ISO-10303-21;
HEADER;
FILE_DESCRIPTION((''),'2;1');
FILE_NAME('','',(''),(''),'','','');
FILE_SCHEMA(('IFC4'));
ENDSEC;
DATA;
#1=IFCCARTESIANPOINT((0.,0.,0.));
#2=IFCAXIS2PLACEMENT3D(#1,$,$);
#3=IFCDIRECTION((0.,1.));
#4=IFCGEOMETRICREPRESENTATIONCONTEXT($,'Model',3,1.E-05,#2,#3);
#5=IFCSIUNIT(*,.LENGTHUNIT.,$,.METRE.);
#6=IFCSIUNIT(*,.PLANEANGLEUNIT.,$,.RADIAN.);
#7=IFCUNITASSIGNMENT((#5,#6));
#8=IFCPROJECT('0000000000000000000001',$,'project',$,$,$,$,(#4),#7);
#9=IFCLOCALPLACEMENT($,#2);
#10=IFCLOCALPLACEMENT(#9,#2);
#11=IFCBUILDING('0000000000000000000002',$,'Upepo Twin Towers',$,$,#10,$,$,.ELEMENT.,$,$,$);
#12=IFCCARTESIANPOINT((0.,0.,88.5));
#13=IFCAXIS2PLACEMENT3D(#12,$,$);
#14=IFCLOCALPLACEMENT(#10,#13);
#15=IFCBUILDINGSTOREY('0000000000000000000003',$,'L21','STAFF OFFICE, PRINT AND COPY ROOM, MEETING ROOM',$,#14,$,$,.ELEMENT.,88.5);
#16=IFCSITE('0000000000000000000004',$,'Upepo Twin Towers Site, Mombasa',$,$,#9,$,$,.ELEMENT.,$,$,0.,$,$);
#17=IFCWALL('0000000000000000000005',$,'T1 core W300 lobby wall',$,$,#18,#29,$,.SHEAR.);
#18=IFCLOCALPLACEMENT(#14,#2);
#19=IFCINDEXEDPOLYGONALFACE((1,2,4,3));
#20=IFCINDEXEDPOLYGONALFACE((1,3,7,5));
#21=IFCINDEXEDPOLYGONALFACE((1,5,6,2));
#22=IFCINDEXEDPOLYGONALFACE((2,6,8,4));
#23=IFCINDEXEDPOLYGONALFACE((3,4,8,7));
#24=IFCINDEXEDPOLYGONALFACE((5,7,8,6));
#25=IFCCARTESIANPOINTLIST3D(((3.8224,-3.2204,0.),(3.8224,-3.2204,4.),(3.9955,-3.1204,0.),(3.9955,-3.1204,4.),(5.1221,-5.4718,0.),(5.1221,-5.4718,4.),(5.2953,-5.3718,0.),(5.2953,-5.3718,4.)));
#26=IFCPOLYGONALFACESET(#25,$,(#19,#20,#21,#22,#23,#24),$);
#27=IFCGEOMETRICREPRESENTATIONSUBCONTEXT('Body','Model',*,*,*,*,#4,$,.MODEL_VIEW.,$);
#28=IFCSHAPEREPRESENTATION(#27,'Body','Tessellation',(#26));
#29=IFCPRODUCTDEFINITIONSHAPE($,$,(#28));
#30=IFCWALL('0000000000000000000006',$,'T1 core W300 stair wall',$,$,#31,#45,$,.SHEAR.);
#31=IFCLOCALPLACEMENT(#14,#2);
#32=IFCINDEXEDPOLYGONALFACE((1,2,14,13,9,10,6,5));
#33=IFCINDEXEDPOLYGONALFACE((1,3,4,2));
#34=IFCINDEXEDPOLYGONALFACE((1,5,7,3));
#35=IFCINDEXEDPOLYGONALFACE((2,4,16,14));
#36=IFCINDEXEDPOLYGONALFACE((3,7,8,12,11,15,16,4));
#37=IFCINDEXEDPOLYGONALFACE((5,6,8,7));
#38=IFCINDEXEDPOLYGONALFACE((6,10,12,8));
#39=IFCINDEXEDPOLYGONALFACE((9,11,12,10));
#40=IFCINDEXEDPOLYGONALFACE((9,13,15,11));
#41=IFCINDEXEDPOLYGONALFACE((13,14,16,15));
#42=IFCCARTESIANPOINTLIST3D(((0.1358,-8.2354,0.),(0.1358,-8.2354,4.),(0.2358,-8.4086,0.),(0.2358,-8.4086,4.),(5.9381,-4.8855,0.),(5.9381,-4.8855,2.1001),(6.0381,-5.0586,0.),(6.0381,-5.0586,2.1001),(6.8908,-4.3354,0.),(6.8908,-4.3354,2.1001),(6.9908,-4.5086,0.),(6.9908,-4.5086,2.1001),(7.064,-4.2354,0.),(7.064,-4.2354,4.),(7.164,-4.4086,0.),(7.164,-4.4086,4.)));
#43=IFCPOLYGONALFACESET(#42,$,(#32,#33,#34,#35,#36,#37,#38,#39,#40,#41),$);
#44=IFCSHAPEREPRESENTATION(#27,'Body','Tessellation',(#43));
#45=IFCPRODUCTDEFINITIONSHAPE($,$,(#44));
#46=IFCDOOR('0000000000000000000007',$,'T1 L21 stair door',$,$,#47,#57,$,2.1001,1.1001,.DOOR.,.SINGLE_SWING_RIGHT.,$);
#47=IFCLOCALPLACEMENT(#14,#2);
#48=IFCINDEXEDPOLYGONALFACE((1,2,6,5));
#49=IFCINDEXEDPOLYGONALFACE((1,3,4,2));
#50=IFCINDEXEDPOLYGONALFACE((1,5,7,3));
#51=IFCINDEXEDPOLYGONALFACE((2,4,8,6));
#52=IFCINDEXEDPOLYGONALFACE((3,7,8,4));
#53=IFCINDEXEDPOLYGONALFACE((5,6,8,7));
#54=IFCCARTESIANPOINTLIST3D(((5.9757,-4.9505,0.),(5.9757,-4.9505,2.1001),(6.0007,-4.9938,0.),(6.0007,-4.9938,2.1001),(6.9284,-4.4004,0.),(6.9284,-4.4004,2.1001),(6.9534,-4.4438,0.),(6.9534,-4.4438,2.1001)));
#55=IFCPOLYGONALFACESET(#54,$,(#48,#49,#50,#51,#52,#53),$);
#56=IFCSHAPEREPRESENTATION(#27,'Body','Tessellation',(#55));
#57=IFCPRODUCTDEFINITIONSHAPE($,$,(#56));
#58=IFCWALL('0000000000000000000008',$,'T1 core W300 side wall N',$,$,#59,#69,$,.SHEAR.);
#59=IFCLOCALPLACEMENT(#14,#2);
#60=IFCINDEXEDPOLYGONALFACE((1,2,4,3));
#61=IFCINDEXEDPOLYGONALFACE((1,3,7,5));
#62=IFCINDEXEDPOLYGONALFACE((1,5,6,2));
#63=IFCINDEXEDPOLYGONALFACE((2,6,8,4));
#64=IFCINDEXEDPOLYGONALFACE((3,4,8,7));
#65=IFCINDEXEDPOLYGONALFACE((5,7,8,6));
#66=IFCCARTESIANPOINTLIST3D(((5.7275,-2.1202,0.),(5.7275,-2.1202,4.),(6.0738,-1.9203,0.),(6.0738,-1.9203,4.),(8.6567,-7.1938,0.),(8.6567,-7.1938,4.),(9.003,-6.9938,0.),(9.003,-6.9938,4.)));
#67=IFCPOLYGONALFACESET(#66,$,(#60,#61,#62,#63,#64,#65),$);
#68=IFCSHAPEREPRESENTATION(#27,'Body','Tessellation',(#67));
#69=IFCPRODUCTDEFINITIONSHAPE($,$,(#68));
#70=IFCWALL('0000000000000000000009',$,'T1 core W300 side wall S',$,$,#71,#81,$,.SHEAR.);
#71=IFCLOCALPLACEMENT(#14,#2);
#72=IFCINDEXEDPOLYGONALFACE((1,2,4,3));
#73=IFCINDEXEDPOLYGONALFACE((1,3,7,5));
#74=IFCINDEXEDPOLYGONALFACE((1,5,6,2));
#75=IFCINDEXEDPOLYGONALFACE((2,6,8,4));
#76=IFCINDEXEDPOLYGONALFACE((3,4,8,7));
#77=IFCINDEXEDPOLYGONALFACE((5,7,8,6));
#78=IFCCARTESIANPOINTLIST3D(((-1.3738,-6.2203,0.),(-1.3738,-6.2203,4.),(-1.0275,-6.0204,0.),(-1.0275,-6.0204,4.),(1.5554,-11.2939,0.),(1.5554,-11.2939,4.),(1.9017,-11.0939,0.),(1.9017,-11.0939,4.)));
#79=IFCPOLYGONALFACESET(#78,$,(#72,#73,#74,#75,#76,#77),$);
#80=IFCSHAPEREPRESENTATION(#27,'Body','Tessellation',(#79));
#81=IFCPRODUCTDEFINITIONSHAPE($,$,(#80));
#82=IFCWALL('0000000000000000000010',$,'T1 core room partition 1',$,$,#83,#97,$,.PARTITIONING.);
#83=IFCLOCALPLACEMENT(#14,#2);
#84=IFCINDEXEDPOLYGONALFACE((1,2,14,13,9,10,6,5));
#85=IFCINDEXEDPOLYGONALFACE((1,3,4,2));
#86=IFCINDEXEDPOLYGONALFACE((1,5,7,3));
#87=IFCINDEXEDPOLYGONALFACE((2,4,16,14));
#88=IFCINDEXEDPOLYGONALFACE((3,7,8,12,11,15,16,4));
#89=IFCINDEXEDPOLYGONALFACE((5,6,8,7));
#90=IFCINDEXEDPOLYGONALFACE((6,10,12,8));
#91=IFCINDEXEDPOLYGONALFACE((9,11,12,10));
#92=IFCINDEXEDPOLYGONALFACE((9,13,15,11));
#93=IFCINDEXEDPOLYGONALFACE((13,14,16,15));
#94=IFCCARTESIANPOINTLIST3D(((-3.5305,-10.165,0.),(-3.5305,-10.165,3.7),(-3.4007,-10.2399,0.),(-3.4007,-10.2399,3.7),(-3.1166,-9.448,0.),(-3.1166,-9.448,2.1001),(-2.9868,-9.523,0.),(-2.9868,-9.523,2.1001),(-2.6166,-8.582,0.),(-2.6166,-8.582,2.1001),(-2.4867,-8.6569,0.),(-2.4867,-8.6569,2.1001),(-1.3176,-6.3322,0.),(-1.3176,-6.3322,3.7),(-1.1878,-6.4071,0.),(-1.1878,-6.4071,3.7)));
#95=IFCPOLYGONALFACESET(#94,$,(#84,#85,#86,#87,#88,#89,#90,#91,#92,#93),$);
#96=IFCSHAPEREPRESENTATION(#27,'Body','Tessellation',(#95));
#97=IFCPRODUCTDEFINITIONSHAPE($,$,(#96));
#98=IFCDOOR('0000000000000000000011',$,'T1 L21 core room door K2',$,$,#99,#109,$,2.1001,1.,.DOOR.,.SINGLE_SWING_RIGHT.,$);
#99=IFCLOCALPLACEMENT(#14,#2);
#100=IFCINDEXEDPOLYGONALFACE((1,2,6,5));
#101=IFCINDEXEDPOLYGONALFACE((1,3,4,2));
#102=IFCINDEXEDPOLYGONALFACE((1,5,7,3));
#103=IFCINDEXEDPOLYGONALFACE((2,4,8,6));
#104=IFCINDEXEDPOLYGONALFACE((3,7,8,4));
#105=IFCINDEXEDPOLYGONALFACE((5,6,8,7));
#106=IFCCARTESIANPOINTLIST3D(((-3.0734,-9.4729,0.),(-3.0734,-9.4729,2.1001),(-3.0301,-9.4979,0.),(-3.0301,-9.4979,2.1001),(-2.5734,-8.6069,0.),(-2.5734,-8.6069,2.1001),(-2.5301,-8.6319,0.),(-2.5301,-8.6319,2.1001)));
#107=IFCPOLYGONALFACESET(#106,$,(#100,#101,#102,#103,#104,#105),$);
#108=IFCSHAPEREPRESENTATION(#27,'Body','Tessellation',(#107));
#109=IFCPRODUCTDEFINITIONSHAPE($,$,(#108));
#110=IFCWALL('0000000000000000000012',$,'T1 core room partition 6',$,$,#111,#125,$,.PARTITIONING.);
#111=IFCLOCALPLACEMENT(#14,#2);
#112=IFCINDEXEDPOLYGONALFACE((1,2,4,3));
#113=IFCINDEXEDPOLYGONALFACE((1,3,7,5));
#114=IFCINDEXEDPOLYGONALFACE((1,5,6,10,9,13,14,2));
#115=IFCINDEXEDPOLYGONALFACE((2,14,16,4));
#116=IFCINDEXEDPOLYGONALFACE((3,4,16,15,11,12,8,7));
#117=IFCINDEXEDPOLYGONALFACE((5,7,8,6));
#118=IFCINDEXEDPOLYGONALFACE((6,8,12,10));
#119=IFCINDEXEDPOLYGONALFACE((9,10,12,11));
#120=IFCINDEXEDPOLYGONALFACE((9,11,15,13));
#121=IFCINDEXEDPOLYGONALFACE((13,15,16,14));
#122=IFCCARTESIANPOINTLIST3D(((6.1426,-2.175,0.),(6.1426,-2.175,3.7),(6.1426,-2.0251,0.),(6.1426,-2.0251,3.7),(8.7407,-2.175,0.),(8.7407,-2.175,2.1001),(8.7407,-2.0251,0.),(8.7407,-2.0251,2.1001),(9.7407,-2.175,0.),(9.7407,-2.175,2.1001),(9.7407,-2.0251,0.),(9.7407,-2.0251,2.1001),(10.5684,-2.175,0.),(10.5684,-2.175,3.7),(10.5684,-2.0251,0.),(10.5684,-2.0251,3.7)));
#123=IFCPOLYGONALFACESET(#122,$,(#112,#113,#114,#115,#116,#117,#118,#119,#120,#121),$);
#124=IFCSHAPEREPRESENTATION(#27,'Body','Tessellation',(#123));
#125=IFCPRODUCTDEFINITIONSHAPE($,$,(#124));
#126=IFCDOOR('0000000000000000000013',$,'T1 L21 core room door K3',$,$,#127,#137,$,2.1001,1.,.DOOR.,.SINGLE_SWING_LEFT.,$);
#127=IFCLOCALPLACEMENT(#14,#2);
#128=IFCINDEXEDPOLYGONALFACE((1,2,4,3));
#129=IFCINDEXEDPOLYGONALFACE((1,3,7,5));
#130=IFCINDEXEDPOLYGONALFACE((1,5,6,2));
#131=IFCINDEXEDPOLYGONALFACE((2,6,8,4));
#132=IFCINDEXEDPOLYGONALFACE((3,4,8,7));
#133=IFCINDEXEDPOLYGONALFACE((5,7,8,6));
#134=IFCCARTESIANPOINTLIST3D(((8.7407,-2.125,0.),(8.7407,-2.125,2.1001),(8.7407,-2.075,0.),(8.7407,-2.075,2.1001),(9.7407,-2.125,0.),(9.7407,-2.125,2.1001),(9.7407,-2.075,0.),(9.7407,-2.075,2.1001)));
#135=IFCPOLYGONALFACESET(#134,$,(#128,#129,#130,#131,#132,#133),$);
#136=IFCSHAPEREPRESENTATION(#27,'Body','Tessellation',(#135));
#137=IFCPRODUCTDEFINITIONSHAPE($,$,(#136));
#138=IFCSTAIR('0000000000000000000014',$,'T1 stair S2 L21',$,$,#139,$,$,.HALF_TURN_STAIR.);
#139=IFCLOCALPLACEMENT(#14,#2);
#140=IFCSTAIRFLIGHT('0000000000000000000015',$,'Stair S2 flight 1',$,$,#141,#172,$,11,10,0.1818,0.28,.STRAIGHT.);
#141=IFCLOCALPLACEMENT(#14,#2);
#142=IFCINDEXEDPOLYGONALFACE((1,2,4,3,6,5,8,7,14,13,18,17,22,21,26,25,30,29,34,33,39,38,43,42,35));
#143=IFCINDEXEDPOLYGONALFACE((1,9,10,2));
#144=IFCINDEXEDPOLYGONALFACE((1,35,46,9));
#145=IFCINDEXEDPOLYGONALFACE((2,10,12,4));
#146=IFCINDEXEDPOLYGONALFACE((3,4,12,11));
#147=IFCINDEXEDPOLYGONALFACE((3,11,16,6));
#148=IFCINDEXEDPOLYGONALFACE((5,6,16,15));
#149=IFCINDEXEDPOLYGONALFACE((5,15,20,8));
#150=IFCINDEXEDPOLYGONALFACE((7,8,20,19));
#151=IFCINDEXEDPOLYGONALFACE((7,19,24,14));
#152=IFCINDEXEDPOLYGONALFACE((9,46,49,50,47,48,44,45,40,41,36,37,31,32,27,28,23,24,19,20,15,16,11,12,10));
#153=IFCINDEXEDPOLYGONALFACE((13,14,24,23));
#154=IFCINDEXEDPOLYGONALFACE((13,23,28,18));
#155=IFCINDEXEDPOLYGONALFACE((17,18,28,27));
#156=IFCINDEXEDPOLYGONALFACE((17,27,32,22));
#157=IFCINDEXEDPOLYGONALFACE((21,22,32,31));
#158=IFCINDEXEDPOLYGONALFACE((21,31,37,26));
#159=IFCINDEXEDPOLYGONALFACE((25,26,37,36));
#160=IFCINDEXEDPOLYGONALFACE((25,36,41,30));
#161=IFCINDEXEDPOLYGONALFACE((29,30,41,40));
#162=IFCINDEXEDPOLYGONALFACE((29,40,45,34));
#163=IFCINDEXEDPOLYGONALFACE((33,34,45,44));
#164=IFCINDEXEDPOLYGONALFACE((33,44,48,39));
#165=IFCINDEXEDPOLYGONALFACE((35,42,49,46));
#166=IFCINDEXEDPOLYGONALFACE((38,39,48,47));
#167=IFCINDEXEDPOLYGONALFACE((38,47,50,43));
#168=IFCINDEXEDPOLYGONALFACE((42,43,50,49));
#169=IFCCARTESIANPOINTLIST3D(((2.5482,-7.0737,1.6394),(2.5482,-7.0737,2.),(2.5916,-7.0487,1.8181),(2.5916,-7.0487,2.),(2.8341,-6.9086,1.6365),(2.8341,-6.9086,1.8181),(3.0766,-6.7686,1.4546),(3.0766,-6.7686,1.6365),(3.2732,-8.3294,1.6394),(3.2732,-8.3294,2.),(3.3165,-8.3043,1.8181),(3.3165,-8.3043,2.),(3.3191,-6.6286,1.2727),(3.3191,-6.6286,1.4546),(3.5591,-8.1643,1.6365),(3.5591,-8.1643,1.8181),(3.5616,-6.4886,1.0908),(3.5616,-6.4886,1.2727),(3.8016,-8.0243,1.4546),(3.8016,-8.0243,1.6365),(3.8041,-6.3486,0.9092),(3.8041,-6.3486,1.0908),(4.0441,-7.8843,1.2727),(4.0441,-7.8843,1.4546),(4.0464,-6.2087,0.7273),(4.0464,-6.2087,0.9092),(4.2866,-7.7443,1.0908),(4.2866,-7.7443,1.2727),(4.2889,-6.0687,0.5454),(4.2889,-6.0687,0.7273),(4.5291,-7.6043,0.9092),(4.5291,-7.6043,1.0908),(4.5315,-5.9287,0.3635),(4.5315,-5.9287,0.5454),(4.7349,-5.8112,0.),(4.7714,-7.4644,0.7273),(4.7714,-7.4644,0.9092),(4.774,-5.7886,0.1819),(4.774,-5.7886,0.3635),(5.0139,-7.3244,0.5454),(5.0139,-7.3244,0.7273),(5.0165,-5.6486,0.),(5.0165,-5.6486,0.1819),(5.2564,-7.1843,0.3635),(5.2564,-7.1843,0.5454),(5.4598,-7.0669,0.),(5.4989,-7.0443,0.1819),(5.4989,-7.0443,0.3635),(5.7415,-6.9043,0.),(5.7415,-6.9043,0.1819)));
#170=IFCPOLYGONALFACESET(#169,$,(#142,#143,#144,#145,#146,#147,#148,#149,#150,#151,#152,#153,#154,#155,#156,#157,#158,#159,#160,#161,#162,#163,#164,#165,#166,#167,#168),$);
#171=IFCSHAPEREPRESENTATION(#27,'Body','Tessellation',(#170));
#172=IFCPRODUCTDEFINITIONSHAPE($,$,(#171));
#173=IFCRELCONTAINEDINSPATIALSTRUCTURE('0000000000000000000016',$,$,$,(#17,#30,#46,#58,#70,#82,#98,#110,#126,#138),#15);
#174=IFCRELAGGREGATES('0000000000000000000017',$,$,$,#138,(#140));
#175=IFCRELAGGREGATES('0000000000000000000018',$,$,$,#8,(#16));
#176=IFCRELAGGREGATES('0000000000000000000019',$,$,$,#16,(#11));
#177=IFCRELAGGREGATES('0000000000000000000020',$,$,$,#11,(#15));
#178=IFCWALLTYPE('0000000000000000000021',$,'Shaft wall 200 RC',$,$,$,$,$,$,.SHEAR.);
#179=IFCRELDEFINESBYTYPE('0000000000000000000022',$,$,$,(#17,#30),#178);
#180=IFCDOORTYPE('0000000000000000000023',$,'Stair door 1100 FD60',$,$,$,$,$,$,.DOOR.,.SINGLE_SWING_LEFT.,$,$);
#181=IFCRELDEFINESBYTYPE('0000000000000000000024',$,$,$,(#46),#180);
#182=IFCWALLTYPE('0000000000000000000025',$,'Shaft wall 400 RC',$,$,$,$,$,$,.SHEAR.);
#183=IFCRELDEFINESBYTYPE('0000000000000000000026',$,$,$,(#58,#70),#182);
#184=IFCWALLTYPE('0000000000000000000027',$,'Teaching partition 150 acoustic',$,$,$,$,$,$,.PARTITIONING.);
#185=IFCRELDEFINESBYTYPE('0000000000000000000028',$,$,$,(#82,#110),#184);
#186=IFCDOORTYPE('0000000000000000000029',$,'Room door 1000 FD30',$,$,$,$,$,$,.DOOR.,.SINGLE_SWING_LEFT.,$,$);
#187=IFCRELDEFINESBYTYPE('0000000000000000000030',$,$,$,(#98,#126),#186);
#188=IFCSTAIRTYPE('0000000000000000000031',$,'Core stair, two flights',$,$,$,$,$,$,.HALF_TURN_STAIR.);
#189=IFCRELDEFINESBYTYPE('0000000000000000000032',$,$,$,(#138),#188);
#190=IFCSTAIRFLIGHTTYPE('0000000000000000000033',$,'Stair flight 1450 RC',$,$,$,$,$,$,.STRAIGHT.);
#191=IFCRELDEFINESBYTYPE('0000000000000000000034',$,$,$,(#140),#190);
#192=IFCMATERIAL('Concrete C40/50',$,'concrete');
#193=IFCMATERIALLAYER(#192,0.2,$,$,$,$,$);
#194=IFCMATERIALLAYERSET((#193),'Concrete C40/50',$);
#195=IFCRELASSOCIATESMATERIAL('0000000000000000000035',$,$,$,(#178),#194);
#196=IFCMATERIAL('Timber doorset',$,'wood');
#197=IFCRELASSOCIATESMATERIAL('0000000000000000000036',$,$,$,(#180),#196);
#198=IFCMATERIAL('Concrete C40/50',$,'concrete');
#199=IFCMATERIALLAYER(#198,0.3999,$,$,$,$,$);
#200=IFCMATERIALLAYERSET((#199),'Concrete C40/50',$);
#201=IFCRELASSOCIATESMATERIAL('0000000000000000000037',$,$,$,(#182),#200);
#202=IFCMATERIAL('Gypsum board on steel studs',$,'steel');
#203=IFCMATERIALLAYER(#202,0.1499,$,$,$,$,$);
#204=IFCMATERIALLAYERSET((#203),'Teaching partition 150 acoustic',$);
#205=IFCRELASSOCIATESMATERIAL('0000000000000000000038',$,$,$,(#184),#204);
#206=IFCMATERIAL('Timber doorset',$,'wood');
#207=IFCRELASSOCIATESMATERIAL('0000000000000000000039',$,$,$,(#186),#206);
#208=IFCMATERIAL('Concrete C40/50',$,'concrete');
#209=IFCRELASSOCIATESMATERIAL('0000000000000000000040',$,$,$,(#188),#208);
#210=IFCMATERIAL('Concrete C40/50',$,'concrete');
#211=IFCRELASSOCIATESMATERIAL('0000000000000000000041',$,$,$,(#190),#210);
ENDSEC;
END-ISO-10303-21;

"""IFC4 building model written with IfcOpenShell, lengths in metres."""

from ifc_helpers import new_model, si_unit, direction, frame, frame_2d, origin, place, context, subcontext, project, spatial, polyline, rectangle, outline, extrude, material, layer, layer_set, type_object, element, fill, aggregate, save


model = new_model("IFC4")

# Units and contexts
model_context = context("Model", 3, precision=1e-05, world=origin(), true_north=direction((0.0, 1.0)))
body_context = subcontext(model_context, "Body", "Model", "MODEL_VIEW")
ifc_project = project(units=[si_unit("LENGTHUNIT", "METRE"), si_unit("PLANEANGLEUNIT", "RADIAN")], contexts=[model_context])

# Site, building, storey
site_placement = place(None, origin())
site = spatial("IfcSite", under=ifc_project, at=site_placement, Name="Upepo Twin Towers Site, Mombasa", CompositionType="ELEMENT", RefElevation=0.0)
building_placement = place(site_placement, origin())
building = spatial("IfcBuilding", under=site, at=building_placement, Name="Upepo Twin Towers", CompositionType="ELEMENT")
storey_placement = place(building_placement, frame((0.0, 0.0, 88.5)))
storey = spatial("IfcBuildingStorey", under=building, at=storey_placement, Name="L21", Description="STAFF OFFICE, PRINT AND COPY ROOM, MEETING ROOM", CompositionType="ELEMENT", Elevation=88.5)

# Shared definitions
ifc_material_1 = material(Name="Concrete C40/50", Category="concrete")
ifc_layer_1 = layer(ifc_material_1, 0.2)
ifc_layer_set_1 = layer_set([ifc_layer_1], Name="Concrete C40/50")
wall_type_1 = type_object("IfcWallType", Name="Shaft wall 200 RC", PredefinedType="SHEAR", material=ifc_layer_set_1)

# Wall
wall_1_placement = place(storey_placement, frame((3.9089, -3.1704, 0.0), z_axis=(0.0, 0.0, 1.0), x_axis=(0.499977, -0.866039, 0.0)))
element("IfcWall", 1, at=wall_1_placement, inside=storey, type_object=wall_type_1, Name="T1 core W300 lobby wall", PredefinedType="SHEAR", context=body_context, shape_type="SweptSolid", body=[
    extrude(rectangle(XDim=2.5996, YDim=0.2, at=frame_2d((1.2998, 0.0))), origin(), (0.0, 0.0, 1.0), 4.0),
])

# Wall, opening, door
wall_2_placement = place(storey_placement, frame((0.1858, -8.322, 0.0), z_axis=(0.0, 0.0, 1.0), x_axis=(0.866026, 0.499999, 0.0)))
wall_2 = element("IfcWall", 2, at=wall_2_placement, inside=storey, type_object=wall_type_1, Name="T1 core W300 stair wall", PredefinedType="SHEAR", context=body_context, shape_type="SweptSolid", body=[
    extrude(rectangle(XDim=8.0, YDim=0.2, at=frame_2d((4.0, 0.0))), origin(), (0.0, 0.0, 1.0), 4.0),
])
opening_1_placement = place(wall_2_placement, frame((6.7, 0.0, 0.0)))
opening_1 = element("IfcOpeningElement", 3, at=opening_1_placement, cuts=wall_2, PredefinedType="OPENING", context=body_context, shape_type="SweptSolid", body=[
    extrude(rectangle(XDim=1.1001, YDim=2.1001, at=frame_2d((0.55, 1.05))), frame((0.0, 0.1099, 0.0), z_axis=(0.0, -1.0, 0.0), x_axis=(1.0, 0.0, 0.0)), (0.0, 0.0, 1.0), 0.22),
])
ifc_material_2 = material(Name="Timber doorset", Category="wood")
door_type_1 = type_object("IfcDoorType", Name="Stair door 1100 FD60", OperationType="SINGLE_SWING_LEFT", PredefinedType="DOOR", material=ifc_material_2)
door_1_placement = place(opening_1_placement, origin())
door_1 = element("IfcDoor", 4, at=door_1_placement, inside=storey, type_object=door_type_1, Name="T1 L21 stair door", OperationType="SINGLE_SWING_RIGHT", OverallHeight=2.1001, OverallWidth=1.1001, PredefinedType="DOOR", context=body_context, shape_type="SweptSolid", body=[
    extrude(rectangle(XDim=1.1001, YDim=2.1001, at=frame_2d((0.55, 1.05))), frame((0.0, 0.0249, 0.0), z_axis=(0.0, -1.0, 0.0), x_axis=(1.0, 0.0, 0.0)), (0.0, 0.0, 1.0), 0.05),
])
fill(opening_1, door_1)

# Walls
ifc_material_3 = material(Name="Concrete C40/50", Category="concrete")
ifc_layer_2 = layer(ifc_material_3, 0.3999)
ifc_layer_set_2 = layer_set([ifc_layer_2], Name="Concrete C40/50")
wall_type_2 = type_object("IfcWallType", Name="Shaft wall 400 RC", PredefinedType="SHEAR", material=ifc_layer_set_2)
for number, where, z_axis, x_axis, name in (
    (5, (5.9006, -2.0203, 0.0), (0.0, 0.0, 1.0), (0.500003, -0.866024, 0.0), "T1 core W300 side wall N"),
    (6, (-1.2007, -6.1204, 0.0), (0.0, 0.0, 1.0), (0.500003, -0.866024, 0.0), "T1 core W300 side wall S"),
):
    element("IfcWall", number, at=place(storey_placement, frame(where, z_axis=z_axis, x_axis=x_axis)), inside=storey, type_object=wall_type_2, Name=name, PredefinedType="SHEAR", context=body_context, shape_type="SweptSolid", body=[
        extrude(rectangle(XDim=5.8584, YDim=0.3999, at=frame_2d((2.9292, 0.0))), origin(), (0.0, 0.0, 1.0), 4.0),
    ])

# Walls, openings, doors
ifc_material_4 = material(Name="Gypsum board on steel studs", Category="steel")
ifc_layer_3 = layer(ifc_material_4, 0.1499)
ifc_layer_set_3 = layer_set([ifc_layer_3], Name="Teaching partition 150 acoustic")
wall_type_3 = type_object("IfcWallType", Name="Teaching partition 150 acoustic", PredefinedType="PARTITIONING", material=ifc_layer_set_3)
wall_3_placement = place(storey_placement, frame((-1.2527, -6.3696, 0.0), z_axis=(0.0, 0.0, 1.0), x_axis=(-0.500007, -0.866021, 0.0)))
wall_3 = element("IfcWall", 7, at=wall_3_placement, inside=storey, type_object=wall_type_3, Name="T1 core room partition 1", PredefinedType="PARTITIONING", context=body_context, shape_type="SweptSolid", body=[
    extrude(rectangle(XDim=4.4258, YDim=0.1499, at=frame_2d((2.2129, 0.0))), origin(), (0.0, 0.0, 1.0), 3.7),
])
opening_2_placement = place(wall_3_placement, frame((2.5979, 0.0, 0.0)))
opening_2 = element("IfcOpeningElement", 8, at=opening_2_placement, cuts=wall_3, PredefinedType="OPENING", context=body_context, shape_type="SweptSolid", body=[
    extrude(rectangle(XDim=1.0, YDim=2.1001, at=frame_2d((0.5, 1.05))), frame((0.0, 0.085, 0.0), z_axis=(0.0, -1.0, 0.0), x_axis=(1.0, 0.0, 0.0)), (0.0, 0.0, 1.0), 0.1699),
])
ifc_material_5 = material(Name="Timber doorset", Category="wood")
door_type_2 = type_object("IfcDoorType", Name="Room door 1000 FD30", OperationType="SINGLE_SWING_LEFT", PredefinedType="DOOR", material=ifc_material_5)
door_2_placement = place(opening_2_placement, origin())
door_2 = element("IfcDoor", 9, at=door_2_placement, inside=storey, type_object=door_type_2, Name="T1 L21 core room door K2", OperationType="SINGLE_SWING_RIGHT", OverallHeight=2.1001, OverallWidth=1.0, PredefinedType="DOOR", context=body_context, shape_type="SweptSolid", body=[
    extrude(rectangle(XDim=1.0, YDim=2.1001, at=frame_2d((0.5, 1.05))), frame((0.0, 0.0249, 0.0), z_axis=(0.0, -1.0, 0.0), x_axis=(1.0, 0.0, 0.0)), (0.0, 0.0, 1.0), 0.05),
])
fill(opening_2, door_2)
wall_4_placement = place(storey_placement, frame((10.5684, -2.1001, 0.0), z_axis=(0.0, 0.0, 1.0), x_axis=(-1.0, 0.0, 0.0)))
wall_4 = element("IfcWall", 10, at=wall_4_placement, inside=storey, type_object=wall_type_3, Name="T1 core room partition 6", PredefinedType="PARTITIONING", context=body_context, shape_type="SweptSolid", body=[
    extrude(rectangle(XDim=4.4258, YDim=0.1499, at=frame_2d((2.2129, 0.0))), origin(), (0.0, 0.0, 1.0), 3.7),
])
opening_3_placement = place(wall_4_placement, frame((0.8276, 0.0, 0.0)))
opening_3 = element("IfcOpeningElement", 11, at=opening_3_placement, cuts=wall_4, PredefinedType="OPENING", context=body_context, shape_type="SweptSolid", body=[
    extrude(rectangle(XDim=1.0, YDim=2.1001, at=frame_2d((0.5, 1.05))), frame((0.0, 0.085, 0.0), z_axis=(0.0, -1.0, 0.0), x_axis=(1.0, 0.0, 0.0)), (0.0, 0.0, 1.0), 0.1699),
])
door_3_placement = place(opening_3_placement, origin())
door_3 = element("IfcDoor", 12, at=door_3_placement, inside=storey, type_object=door_type_2, Name="T1 L21 core room door K3", OperationType="SINGLE_SWING_LEFT", OverallHeight=2.1001, OverallWidth=1.0, PredefinedType="DOOR", context=body_context, shape_type="SweptSolid", body=[
    extrude(rectangle(XDim=1.0, YDim=2.1001, at=frame_2d((0.5, 1.05))), frame((0.0, 0.0249, 0.0), z_axis=(0.0, -1.0, 0.0), x_axis=(1.0, 0.0, 0.0)), (0.0, 0.0, 1.0), 0.05),
])
fill(opening_3, door_3)

# Stair, stair flight
ifc_material_6 = material(Name="Concrete C40/50", Category="concrete")
stair_type = type_object("IfcStairType", Name="Core stair, two flights", PredefinedType="HALF_TURN_STAIR", material=ifc_material_6)
stair_placement = place(storey_placement, origin())
stair = element("IfcStair", 13, at=stair_placement, inside=storey, type_object=stair_type, Name="T1 stair S2 L21", PredefinedType="HALF_TURN_STAIR")
ifc_material_7 = material(Name="Concrete C40/50", Category="concrete")
stair_flight_type = type_object("IfcStairFlightType", Name="Stair flight 1450 RC", PredefinedType="STRAIGHT", material=ifc_material_7)
stair_flight_placement = place(storey_placement, frame((5.3789, -6.2764, 0.0), z_axis=(0.0, 0.0, 1.0), x_axis=(-0.866025, -0.5, 0.0)))
stair_flight = element("IfcStairFlight", 14, at=stair_flight_placement, type_object=stair_flight_type, Name="Stair S2 flight 1", NumberOfRisers=11, NumberOfTreads=10, PredefinedType="STRAIGHT", RiserHeight=0.1818, TreadLength=0.28, context=body_context, shape_type="SweptSolid", body=[
    extrude(outline(polyline([(0.0, 0.0), (0.0, 0.1819), (0.28, 0.1819), (0.28, 0.3635), (0.5601, 0.3635), (0.5601, 0.5454), (0.8401, 0.5454), (0.8401, 0.7273), (1.1201, 0.7273), (1.1201, 0.9092), (1.3999, 0.9092), (1.3999, 1.0908), (1.6799, 1.0908), (1.6799, 1.2727), (1.96, 1.2727), (1.96, 1.4546), (2.24, 1.4546), (2.24, 1.6365), (2.52, 1.6365), (2.52, 1.8181), (2.8, 1.8181), (2.8, 2.0), (2.8501, 2.0), (2.8501, 1.6394), (0.3252, 0.0), (0.0, 0.0)])), frame((0.0, 0.7251, 0.0), z_axis=(0.0, -1.0, 0.0), x_axis=(1.0, 0.0, 0.0)), (0.0, 0.0, 1.0), 1.45),
])
aggregate(stair, [stair_flight])

save(model, "model.ifc")
